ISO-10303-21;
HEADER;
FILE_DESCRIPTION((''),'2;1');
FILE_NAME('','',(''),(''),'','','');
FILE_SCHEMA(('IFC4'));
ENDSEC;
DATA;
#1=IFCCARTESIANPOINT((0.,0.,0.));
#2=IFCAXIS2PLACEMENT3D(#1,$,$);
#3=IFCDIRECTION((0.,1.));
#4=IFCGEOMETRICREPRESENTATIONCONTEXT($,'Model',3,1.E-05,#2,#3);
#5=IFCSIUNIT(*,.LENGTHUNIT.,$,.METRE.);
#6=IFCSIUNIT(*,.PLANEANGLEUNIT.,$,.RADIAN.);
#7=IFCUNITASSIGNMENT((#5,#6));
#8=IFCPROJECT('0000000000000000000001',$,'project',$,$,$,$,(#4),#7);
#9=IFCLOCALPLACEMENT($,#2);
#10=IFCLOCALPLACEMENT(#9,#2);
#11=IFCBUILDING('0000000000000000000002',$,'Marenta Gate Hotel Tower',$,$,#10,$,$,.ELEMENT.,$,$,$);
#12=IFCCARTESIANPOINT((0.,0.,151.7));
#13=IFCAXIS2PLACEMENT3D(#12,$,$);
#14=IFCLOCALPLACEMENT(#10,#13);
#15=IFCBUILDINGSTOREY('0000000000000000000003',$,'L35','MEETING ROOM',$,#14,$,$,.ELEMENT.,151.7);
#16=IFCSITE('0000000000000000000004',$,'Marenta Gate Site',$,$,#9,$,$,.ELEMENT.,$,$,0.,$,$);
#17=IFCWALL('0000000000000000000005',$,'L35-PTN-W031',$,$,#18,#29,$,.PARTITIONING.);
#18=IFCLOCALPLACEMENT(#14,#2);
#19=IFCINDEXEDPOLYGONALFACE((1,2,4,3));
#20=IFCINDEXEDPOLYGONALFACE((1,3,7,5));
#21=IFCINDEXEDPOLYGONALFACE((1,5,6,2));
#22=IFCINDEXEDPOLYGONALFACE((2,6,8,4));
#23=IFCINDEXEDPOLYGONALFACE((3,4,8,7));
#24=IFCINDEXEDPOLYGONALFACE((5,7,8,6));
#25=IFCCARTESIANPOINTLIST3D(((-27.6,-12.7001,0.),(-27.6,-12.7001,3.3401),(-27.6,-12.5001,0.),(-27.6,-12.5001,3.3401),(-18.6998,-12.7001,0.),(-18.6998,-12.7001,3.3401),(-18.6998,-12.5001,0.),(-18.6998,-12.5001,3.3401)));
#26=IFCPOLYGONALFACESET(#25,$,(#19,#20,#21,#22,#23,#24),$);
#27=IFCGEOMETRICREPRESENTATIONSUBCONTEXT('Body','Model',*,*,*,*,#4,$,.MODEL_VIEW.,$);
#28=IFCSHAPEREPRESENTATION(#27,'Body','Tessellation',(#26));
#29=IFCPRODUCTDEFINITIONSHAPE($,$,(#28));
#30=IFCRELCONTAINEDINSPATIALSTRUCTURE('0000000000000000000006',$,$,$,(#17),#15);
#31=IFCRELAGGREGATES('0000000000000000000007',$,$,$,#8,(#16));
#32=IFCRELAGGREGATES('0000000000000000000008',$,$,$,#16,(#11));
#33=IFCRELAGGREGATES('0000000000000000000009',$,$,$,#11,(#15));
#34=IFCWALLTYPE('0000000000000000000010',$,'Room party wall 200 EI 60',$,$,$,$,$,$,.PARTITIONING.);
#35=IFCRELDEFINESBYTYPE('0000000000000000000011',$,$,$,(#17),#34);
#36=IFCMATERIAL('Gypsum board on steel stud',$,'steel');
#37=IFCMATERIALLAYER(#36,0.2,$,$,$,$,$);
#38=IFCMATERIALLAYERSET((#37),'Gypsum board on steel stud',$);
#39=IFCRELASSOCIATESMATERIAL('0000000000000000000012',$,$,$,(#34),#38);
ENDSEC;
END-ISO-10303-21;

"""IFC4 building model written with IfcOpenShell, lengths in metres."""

from ifc_helpers import new_model, si_unit, direction, frame, frame_2d, origin, place, context, subcontext, project, spatial, rectangle, extrude, material, layer, layer_set, type_object, element, save


model = new_model("IFC4")

# Units and contexts
model_context = context("Model", 3, precision=1e-05, world=origin(), true_north=direction((0.0, 1.0)))
body_context = subcontext(model_context, "Body", "Model", "MODEL_VIEW")
ifc_project = project(units=[si_unit("LENGTHUNIT", "METRE"), si_unit("PLANEANGLEUNIT", "RADIAN")], contexts=[model_context])

# Site, building, storey
site_placement = place(None, origin())
site = spatial("IfcSite", under=ifc_project, at=site_placement, Name="Marenta Gate Site", CompositionType="ELEMENT", RefElevation=0.0)
building_placement = place(site_placement, origin())
building = spatial("IfcBuilding", under=site, at=building_placement, Name="Marenta Gate Hotel Tower", CompositionType="ELEMENT")
storey_placement = place(building_placement, frame((0.0, 0.0, 151.7)))
storey = spatial("IfcBuildingStorey", under=building, at=storey_placement, Name="L35", Description="MEETING ROOM", CompositionType="ELEMENT", Elevation=151.7)

# Wall
ifc_material_1 = material(Name="Gypsum board on steel stud", Category="steel")
ifc_layer_1 = layer(ifc_material_1, 0.2)
ifc_layer_set_1 = layer_set([ifc_layer_1], Name="Gypsum board on steel stud")
wall_type_1 = type_object("IfcWallType", Name="Room party wall 200 EI 60", PredefinedType="PARTITIONING", material=ifc_layer_set_1)
wall_1_placement = place(storey_placement, frame((-27.6001, -12.6001, 0.0), z_axis=(0.0, 0.0, 1.0), x_axis=(1.0, 0.0, 0.0)))
element("IfcWall", 1, at=wall_1_placement, inside=storey, type_object=wall_type_1, Name="L35-PTN-W031", PredefinedType="PARTITIONING", context=body_context, shape_type="SweptSolid", body=[
    extrude(rectangle(XDim=8.9001, YDim=0.2, at=frame_2d((4.4502, 0.0))), origin(), (0.0, 0.0, 1.0), 3.3401),
])

save(model, "model.ifc")
